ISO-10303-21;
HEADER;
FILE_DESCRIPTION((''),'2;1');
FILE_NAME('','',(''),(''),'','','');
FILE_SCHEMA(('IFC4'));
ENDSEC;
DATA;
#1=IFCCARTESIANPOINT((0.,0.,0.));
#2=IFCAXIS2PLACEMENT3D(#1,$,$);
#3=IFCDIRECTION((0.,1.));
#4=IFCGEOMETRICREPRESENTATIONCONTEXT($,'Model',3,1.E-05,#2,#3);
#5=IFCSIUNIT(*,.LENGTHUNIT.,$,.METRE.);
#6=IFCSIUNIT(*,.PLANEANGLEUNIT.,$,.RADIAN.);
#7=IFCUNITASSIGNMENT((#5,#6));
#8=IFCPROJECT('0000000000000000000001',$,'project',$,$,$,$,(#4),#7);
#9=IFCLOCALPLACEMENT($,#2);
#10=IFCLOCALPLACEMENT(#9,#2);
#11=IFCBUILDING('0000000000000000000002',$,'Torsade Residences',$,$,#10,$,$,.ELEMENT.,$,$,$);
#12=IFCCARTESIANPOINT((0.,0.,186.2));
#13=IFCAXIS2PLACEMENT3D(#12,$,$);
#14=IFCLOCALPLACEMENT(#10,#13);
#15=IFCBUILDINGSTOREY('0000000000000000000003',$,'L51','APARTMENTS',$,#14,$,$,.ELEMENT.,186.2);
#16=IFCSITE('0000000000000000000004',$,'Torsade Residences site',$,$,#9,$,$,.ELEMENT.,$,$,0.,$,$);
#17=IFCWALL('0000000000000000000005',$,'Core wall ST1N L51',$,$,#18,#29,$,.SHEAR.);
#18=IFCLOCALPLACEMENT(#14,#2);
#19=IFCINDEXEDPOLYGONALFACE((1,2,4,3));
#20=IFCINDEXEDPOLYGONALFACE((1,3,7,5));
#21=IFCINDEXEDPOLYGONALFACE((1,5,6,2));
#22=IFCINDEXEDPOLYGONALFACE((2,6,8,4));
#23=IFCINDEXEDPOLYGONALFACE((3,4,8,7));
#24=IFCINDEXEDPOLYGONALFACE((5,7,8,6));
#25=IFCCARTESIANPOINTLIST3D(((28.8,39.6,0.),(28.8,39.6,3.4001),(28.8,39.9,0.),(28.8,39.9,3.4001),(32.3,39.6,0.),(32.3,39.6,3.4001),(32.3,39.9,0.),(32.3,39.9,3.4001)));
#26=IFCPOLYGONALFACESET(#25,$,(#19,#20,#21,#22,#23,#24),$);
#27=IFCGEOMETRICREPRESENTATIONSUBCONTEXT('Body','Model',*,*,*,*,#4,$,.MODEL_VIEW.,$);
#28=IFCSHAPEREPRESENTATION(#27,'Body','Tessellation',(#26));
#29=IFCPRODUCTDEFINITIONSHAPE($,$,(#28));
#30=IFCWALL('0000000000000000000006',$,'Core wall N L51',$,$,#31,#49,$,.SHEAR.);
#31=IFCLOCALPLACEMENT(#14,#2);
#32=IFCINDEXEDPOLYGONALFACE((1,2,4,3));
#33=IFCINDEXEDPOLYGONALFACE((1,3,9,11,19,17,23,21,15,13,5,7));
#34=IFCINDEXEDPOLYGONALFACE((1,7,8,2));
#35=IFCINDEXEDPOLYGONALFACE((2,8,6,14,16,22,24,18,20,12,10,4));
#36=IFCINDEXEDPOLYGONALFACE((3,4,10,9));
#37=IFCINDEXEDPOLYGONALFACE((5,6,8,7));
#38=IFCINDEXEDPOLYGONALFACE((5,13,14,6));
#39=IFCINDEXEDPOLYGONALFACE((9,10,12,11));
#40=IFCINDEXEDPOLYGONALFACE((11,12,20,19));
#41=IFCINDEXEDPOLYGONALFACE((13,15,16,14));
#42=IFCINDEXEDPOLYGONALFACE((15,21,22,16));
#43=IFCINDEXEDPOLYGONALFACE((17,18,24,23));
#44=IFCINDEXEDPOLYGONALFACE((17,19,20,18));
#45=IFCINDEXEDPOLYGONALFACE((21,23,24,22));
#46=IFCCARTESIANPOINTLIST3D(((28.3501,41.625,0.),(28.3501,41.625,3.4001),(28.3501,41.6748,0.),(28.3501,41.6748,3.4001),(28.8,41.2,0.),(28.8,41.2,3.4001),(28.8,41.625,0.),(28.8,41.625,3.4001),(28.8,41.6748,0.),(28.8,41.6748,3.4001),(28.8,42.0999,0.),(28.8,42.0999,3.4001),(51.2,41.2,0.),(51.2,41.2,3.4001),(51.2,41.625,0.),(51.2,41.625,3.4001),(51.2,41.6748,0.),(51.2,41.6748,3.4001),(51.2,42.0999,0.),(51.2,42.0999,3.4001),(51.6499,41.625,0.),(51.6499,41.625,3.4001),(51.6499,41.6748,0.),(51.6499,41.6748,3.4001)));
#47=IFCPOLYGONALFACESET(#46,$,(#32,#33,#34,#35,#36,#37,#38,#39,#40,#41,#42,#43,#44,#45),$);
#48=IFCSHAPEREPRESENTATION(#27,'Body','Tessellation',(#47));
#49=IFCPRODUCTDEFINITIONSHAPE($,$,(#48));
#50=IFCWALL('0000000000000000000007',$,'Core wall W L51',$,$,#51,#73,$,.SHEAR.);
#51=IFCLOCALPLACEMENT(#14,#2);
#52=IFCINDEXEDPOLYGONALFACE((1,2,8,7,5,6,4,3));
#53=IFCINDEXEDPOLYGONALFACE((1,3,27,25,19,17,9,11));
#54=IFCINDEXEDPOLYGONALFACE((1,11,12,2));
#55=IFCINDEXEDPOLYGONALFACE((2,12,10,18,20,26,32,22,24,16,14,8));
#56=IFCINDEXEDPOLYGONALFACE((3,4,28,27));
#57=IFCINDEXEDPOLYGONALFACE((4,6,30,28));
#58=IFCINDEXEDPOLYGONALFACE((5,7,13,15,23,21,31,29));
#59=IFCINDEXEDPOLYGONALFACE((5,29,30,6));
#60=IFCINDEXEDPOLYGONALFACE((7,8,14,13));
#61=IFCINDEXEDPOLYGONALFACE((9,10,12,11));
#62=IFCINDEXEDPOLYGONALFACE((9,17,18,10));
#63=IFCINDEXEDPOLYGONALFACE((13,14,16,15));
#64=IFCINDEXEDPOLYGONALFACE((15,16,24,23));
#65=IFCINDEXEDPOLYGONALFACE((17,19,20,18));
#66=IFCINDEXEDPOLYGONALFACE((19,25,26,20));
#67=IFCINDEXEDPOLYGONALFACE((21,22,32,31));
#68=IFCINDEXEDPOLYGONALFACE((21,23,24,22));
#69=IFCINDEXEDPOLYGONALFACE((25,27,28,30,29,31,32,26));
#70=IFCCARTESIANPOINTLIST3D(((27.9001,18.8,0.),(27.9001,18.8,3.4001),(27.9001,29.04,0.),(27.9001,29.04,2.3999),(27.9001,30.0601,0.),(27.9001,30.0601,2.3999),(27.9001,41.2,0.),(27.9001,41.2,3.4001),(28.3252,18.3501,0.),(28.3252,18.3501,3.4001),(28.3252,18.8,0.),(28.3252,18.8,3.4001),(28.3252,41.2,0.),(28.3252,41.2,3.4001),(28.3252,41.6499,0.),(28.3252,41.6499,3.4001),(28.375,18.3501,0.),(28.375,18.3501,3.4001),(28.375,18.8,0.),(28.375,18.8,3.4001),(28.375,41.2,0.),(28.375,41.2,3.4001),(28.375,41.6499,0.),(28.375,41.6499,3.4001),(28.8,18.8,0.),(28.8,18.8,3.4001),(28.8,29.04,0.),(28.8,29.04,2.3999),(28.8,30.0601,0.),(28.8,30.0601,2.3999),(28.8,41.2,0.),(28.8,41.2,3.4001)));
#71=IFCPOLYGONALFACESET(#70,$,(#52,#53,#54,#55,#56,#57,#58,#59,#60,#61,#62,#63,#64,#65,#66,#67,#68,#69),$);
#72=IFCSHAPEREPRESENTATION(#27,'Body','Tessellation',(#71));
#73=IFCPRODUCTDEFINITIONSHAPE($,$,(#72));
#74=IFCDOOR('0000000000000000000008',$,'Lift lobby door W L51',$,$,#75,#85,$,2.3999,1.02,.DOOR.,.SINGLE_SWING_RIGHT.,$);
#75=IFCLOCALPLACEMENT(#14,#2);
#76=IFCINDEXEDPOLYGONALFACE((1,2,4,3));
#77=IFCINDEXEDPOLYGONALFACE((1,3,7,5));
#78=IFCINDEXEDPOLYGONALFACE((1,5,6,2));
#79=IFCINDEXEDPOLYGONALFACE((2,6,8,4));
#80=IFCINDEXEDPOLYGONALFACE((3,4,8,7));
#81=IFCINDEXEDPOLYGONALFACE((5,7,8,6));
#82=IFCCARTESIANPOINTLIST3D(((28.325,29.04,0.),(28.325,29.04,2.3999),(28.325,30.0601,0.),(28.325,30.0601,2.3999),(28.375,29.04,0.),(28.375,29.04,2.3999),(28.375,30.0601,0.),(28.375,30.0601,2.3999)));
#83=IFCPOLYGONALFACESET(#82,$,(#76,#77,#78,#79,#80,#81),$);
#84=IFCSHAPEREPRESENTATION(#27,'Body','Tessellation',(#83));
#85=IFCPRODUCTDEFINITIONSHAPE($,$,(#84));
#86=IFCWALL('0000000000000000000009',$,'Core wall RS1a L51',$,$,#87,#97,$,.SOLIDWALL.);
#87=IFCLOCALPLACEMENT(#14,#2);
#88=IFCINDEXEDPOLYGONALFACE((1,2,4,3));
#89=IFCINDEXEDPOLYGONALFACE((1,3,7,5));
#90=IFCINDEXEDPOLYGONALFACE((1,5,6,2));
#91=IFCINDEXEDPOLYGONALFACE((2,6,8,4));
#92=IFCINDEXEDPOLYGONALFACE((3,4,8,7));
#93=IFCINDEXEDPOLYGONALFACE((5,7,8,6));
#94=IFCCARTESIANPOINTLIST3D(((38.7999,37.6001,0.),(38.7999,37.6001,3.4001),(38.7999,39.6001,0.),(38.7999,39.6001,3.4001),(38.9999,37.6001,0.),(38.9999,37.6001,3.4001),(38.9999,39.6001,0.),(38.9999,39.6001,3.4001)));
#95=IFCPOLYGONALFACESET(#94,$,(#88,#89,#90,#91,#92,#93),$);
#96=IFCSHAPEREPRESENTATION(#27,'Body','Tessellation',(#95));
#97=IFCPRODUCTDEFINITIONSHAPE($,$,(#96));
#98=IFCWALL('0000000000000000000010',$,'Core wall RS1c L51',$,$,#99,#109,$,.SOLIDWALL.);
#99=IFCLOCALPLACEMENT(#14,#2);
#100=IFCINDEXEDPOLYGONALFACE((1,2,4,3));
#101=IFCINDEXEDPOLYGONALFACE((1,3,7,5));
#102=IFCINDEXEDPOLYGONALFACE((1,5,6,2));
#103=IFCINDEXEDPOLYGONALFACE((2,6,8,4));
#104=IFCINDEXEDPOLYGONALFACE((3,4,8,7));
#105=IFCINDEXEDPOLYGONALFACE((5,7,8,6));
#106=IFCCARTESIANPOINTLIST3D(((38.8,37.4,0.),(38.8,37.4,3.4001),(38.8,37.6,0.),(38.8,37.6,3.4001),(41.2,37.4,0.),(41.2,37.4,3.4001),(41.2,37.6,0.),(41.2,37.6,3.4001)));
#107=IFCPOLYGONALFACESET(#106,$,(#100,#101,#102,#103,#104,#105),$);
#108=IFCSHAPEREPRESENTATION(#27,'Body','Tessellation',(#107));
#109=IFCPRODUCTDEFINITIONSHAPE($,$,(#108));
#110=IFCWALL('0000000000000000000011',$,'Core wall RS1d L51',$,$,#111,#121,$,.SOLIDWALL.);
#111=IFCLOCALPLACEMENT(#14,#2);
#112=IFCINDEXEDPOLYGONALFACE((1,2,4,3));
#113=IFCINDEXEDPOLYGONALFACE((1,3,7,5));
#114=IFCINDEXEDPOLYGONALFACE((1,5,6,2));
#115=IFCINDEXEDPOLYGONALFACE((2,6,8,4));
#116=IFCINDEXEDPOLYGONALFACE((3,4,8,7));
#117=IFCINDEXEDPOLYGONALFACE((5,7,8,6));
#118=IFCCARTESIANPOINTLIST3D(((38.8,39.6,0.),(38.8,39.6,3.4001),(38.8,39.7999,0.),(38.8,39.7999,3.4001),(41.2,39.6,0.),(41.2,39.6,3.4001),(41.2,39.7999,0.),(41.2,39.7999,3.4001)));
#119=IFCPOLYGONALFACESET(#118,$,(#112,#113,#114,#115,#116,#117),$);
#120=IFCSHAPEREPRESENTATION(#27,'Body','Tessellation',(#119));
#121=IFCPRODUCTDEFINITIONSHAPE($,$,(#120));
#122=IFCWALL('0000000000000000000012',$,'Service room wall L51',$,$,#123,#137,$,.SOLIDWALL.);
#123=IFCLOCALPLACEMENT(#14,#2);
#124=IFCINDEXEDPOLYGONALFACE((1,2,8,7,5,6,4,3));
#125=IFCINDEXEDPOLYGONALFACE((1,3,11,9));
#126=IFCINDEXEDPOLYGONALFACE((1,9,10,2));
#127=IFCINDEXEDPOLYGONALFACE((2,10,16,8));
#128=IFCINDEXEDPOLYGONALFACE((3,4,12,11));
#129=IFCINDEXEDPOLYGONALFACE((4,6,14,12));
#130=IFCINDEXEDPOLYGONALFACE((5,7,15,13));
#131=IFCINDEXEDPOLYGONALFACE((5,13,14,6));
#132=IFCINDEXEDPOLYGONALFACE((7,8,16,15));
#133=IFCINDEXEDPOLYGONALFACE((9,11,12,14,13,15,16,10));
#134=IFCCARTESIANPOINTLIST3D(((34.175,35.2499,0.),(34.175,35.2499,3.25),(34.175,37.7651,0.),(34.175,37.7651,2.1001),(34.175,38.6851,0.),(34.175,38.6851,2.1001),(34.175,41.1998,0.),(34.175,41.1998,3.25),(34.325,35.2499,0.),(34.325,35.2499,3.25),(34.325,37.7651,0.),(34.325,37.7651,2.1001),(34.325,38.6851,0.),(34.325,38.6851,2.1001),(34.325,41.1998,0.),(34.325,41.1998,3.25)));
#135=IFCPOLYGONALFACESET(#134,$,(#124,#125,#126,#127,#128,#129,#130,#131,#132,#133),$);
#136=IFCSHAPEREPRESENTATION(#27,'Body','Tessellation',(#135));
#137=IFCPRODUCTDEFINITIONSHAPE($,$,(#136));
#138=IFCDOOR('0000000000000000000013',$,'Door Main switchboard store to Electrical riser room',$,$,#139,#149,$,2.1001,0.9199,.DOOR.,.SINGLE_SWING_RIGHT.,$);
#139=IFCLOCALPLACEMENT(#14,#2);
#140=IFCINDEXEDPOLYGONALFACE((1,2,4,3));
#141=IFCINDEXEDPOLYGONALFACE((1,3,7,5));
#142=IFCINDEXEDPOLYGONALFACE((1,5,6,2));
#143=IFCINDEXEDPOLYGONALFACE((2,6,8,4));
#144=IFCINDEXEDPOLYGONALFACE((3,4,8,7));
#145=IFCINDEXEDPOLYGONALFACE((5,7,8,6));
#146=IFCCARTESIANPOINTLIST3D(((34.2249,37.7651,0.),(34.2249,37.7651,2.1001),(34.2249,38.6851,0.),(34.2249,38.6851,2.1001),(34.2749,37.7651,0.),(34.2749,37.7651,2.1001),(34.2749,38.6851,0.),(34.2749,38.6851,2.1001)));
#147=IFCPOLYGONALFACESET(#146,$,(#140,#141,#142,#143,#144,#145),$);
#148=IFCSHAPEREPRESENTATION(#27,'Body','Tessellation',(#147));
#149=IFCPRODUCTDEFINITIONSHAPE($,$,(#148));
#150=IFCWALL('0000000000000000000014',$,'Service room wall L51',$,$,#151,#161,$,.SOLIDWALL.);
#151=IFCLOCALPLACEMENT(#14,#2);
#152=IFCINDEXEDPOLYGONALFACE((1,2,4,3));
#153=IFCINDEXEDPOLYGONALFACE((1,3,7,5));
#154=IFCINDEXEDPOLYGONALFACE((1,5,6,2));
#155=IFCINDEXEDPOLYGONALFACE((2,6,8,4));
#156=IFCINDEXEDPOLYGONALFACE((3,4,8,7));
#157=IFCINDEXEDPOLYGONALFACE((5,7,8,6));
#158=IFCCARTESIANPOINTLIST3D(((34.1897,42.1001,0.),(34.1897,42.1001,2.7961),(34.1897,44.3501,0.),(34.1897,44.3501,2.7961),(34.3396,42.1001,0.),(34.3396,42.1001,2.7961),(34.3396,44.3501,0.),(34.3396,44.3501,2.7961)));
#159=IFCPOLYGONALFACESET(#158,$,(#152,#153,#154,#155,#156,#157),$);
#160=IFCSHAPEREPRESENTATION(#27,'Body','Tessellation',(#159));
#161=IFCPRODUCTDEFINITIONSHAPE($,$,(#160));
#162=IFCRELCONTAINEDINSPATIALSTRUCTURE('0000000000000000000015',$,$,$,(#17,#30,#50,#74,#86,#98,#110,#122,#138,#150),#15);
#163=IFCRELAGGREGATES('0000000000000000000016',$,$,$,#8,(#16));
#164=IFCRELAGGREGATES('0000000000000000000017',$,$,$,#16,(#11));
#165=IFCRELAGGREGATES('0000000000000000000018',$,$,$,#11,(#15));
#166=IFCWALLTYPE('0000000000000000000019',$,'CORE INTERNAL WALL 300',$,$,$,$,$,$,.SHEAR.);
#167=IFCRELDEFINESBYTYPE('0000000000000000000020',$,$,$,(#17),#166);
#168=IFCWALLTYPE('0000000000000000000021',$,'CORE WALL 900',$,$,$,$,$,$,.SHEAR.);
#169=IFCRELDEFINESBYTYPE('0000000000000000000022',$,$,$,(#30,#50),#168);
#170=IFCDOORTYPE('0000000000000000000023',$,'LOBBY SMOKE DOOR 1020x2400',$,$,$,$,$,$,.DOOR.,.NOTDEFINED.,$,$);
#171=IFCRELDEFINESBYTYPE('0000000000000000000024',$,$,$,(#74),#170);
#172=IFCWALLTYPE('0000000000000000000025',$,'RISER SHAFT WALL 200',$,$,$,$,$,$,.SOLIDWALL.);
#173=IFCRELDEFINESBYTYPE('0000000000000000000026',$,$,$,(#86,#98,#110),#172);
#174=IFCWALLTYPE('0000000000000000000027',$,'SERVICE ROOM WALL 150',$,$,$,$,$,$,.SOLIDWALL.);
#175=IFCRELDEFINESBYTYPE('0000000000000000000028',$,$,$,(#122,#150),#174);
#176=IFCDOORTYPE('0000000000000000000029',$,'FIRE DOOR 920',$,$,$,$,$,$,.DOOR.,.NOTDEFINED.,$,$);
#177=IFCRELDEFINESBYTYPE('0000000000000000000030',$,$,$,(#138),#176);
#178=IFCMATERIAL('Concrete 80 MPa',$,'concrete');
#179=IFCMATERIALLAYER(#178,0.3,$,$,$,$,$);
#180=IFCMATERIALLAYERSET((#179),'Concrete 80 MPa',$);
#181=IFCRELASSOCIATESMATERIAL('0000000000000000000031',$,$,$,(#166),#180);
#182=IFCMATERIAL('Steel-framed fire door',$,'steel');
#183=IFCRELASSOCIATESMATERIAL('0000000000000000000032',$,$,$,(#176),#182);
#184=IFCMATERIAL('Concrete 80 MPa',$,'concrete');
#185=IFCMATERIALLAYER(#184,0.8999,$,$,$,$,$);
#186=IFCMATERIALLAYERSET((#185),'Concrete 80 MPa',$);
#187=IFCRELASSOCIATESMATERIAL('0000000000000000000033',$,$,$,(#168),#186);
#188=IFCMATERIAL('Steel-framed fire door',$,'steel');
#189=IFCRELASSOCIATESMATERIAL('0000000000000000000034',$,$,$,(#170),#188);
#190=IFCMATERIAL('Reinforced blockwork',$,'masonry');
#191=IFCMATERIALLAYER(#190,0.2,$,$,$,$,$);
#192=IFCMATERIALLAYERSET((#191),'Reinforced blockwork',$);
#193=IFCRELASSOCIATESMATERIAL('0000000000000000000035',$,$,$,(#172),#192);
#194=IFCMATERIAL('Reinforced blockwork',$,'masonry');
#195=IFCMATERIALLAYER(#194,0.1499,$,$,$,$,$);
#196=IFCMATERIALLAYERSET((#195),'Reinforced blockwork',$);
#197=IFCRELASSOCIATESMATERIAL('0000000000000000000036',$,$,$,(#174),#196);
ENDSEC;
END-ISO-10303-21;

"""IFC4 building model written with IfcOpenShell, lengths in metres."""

from ifc_helpers import new_model, si_unit, direction, frame, frame_2d, origin, place, context, subcontext, project, spatial, polyline, rectangle, outline, extrude, material, layer, layer_set, type_object, element, fill, save


model = new_model("IFC4")

# Units and contexts
model_context = context("Model", 3, precision=1e-05, world=origin(), true_north=direction((0.0, 1.0)))
body_context = subcontext(model_context, "Body", "Model", "MODEL_VIEW")
ifc_project = project(units=[si_unit("LENGTHUNIT", "METRE"), si_unit("PLANEANGLEUNIT", "RADIAN")], contexts=[model_context])

# Site, building, storey
site_placement = place(None, origin())
site = spatial("IfcSite", under=ifc_project, at=site_placement, Name="Torsade Residences site", CompositionType="ELEMENT", RefElevation=0.0)
building_placement = place(site_placement, origin())
building = spatial("IfcBuilding", under=site, at=building_placement, Name="Torsade Residences", CompositionType="ELEMENT")
storey_placement = place(building_placement, frame((0.0, 0.0, 186.2)))
storey = spatial("IfcBuildingStorey", under=building, at=storey_placement, Name="L51", Description="APARTMENTS", CompositionType="ELEMENT", Elevation=186.2)

# Shared definitions
ifc_material_1 = material(Name="Concrete 80 MPa", Category="concrete")
ifc_layer_1 = layer(ifc_material_1, 0.3)
ifc_layer_set_1 = layer_set([ifc_layer_1], Name="Concrete 80 MPa")
wall_type_1 = type_object("IfcWallType", Name="CORE INTERNAL WALL 300", PredefinedType="SHEAR", material=ifc_layer_set_1)
ifc_material_2 = material(Name="Steel-framed fire door", Category="steel")
door_type_1 = type_object("IfcDoorType", Name="FIRE DOOR 920", OperationType="NOTDEFINED", PredefinedType="DOOR", material=ifc_material_2)

# Walls
wall_1_placement = place(storey_placement, frame((28.8, 39.75, 0.0), z_axis=(0.0, 0.0, 1.0), x_axis=(1.0, 0.0, 0.0)))
element("IfcWall", 1, at=wall_1_placement, inside=storey, type_object=wall_type_1, Name="Core wall ST1N L51", PredefinedType="SHEAR", context=body_context, shape_type="SweptSolid", body=[
    extrude(rectangle(XDim=3.5, YDim=0.3, at=frame_2d((1.75, 0.0))), origin(), (0.0, 0.0, 1.0), 3.4001),
])
ifc_material_3 = material(Name="Concrete 80 MPa", Category="concrete")
ifc_layer_2 = layer(ifc_material_3, 0.8999)
ifc_layer_set_2 = layer_set([ifc_layer_2], Name="Concrete 80 MPa")
wall_type_2 = type_object("IfcWallType", Name="CORE WALL 900", PredefinedType="SHEAR", material=ifc_layer_set_2)
wall_2_placement = place(storey_placement, frame((28.8, 41.6499, 0.0), z_axis=(0.0, 0.0, 1.0), x_axis=(1.0, 0.0, 0.0)))
element("IfcWall", 2, at=wall_2_placement, inside=storey, type_object=wall_type_2, Name="Core wall N L51", PredefinedType="SHEAR", context=body_context, shape_type="SweptSolid", body=[
    extrude(outline(polyline([(0.0, -0.45), (22.3999, -0.45), (22.3999, -0.0249), (22.8499, -0.0249), (22.8499, 0.0249), (22.3999, 0.0249), (22.3999, 0.45), (0.0, 0.45), (0.0, 0.0249), (-0.45, 0.0249), (-0.45, -0.0249), (0.0, -0.0249), (0.0, -0.45)])), origin(), (0.0, 0.0, 1.0), 3.4001),
])

# Wall, opening, door
wall_3_placement = place(storey_placement, frame((28.3501, 41.2, 0.0), z_axis=(0.0, 0.0, 1.0), x_axis=(0.0, -1.0, 0.0)))
wall_3 = element("IfcWall", 3, at=wall_3_placement, inside=storey, type_object=wall_type_2, Name="Core wall W L51", PredefinedType="SHEAR", context=body_context, shape_type="SweptSolid", body=[
    extrude(outline(polyline([(0.0, -0.45), (22.3999, -0.45), (22.3999, -0.0249), (22.8499, -0.0249), (22.8499, 0.0249), (22.3999, 0.0249), (22.3999, 0.45), (0.0, 0.45), (0.0, 0.0249), (-0.45, 0.0249), (-0.45, -0.0249), (0.0, -0.0249), (0.0, -0.45)])), origin(), (0.0, 0.0, 1.0), 3.4001),
])
opening_1_placement = place(wall_3_placement, frame((11.1399, 0.0, 0.0)))
opening_1 = element("IfcOpeningElement", 4, at=opening_1_placement, cuts=wall_3, PredefinedType="OPENING", context=body_context, shape_type="SweptSolid", body=[
    extrude(rectangle(XDim=1.02, YDim=2.3999, at=frame_2d((0.51, 1.2))), frame((0.0, 0.46, 0.0), z_axis=(0.0, -1.0, 0.0), x_axis=(1.0, 0.0, 0.0)), (0.0, 0.0, 1.0), 0.9199),
])
ifc_material_4 = material(Name="Steel-framed fire door", Category="steel")
door_type_2 = type_object("IfcDoorType", Name="LOBBY SMOKE DOOR 1020x2400", OperationType="NOTDEFINED", PredefinedType="DOOR", material=ifc_material_4)
door_1_placement = place(opening_1_placement, origin())
door_1 = element("IfcDoor", 5, at=door_1_placement, inside=storey, type_object=door_type_2, Name="Lift lobby door W L51", OperationType="SINGLE_SWING_RIGHT", OverallHeight=2.3999, OverallWidth=1.02, PredefinedType="DOOR", context=body_context, shape_type="SweptSolid", body=[
    extrude(rectangle(XDim=1.02, YDim=2.3999, at=frame_2d((0.51, 1.2))), frame((0.0, 0.0249, 0.0), z_axis=(0.0, -1.0, 0.0), x_axis=(1.0, 0.0, 0.0)), (0.0, 0.0, 1.0), 0.05),
])
fill(opening_1, door_1)

# Walls
ifc_material_5 = material(Name="Reinforced blockwork", Category="masonry")
ifc_layer_3 = layer(ifc_material_5, 0.2)
ifc_layer_set_3 = layer_set([ifc_layer_3], Name="Reinforced blockwork")
wall_type_3 = type_object("IfcWallType", Name="RISER SHAFT WALL 200", PredefinedType="SOLIDWALL", material=ifc_layer_set_3)
wall_4_placement = place(storey_placement, frame((38.8999, 37.6001, 0.0), z_axis=(0.0, 0.0, 1.0), x_axis=(0.0, 1.0, 0.0)))
element("IfcWall", 6, at=wall_4_placement, inside=storey, type_object=wall_type_3, Name="Core wall RS1a L51", PredefinedType="SOLIDWALL", context=body_context, shape_type="SweptSolid", body=[
    extrude(rectangle(XDim=2.0, YDim=0.2, at=frame_2d((1.0, 0.0))), origin(), (0.0, 0.0, 1.0), 3.4001),
])
for number, where, z_axis, x_axis, name in (
    (7, (38.8, 37.5, 0.0), (0.0, 0.0, 1.0), (1.0, 0.0, 0.0), "Core wall RS1c L51"),
    (8, (38.8, 39.7, 0.0), (0.0, 0.0, 1.0), (1.0, 0.0, 0.0), "Core wall RS1d L51"),
):
    element("IfcWall", number, at=place(storey_placement, frame(where, z_axis=z_axis, x_axis=x_axis)), inside=storey, type_object=wall_type_3, Name=name, PredefinedType="SOLIDWALL", context=body_context, shape_type="SweptSolid", body=[
        extrude(rectangle(XDim=2.3999, YDim=0.2, at=frame_2d((1.2, 0.0))), origin(), (0.0, 0.0, 1.0), 3.4001),
    ])

# Wall, opening, door
ifc_material_6 = material(Name="Reinforced blockwork", Category="masonry")
ifc_layer_4 = layer(ifc_material_6, 0.1499)
ifc_layer_set_4 = layer_set([ifc_layer_4], Name="Reinforced blockwork")
wall_type_4 = type_object("IfcWallType", Name="SERVICE ROOM WALL 150", PredefinedType="SOLIDWALL", material=ifc_layer_set_4)
wall_5_placement = place(storey_placement, frame((34.25, 41.2, 0.0), z_axis=(0.0, 0.0, 1.0), x_axis=(0.0, -1.0, 0.0)))
wall_5 = element("IfcWall", 9, at=wall_5_placement, inside=storey, type_object=wall_type_4, Name="Service room wall L51", PredefinedType="SOLIDWALL", context=body_context, shape_type="SweptSolid", body=[
    extrude(rectangle(XDim=5.95, YDim=0.1499, at=frame_2d((2.9751, 0.0))), origin(), (0.0, 0.0, 1.0), 3.25),
])
opening_2_placement = place(wall_5_placement, frame((2.5149, 0.0, 0.0)))
opening_2 = element("IfcOpeningElement", 10, at=opening_2_placement, cuts=wall_5, PredefinedType="OPENING", context=body_context, shape_type="SweptSolid", body=[
    extrude(rectangle(XDim=0.9199, YDim=2.1001, at=frame_2d((0.46, 1.05))), frame((0.0, 0.085, 0.0), z_axis=(0.0, -1.0, 0.0), x_axis=(1.0, 0.0, 0.0)), (0.0, 0.0, 1.0), 0.1699),
])
door_2_placement = place(opening_2_placement, origin())
door_2 = element("IfcDoor", 11, at=door_2_placement, inside=storey, type_object=door_type_1, Name="Door Main switchboard store to Electrical riser room", OperationType="SINGLE_SWING_RIGHT", OverallHeight=2.1001, OverallWidth=0.9199, PredefinedType="DOOR", context=body_context, shape_type="SweptSolid", body=[
    extrude(rectangle(XDim=0.9199, YDim=2.1001, at=frame_2d((0.46, 1.05))), frame((0.0, 0.0249, 0.0), z_axis=(0.0, -1.0, 0.0), x_axis=(1.0, 0.0, 0.0)), (0.0, 0.0, 1.0), 0.05),
])
fill(opening_2, door_2)

# Wall
wall_6_placement = place(storey_placement, frame((34.2646, 42.1001, 0.0), z_axis=(0.0, 0.0, 1.0), x_axis=(0.0, 1.0, 0.0)))
element("IfcWall", 12, at=wall_6_placement, inside=storey, type_object=wall_type_4, Name="Service room wall L51", PredefinedType="SOLIDWALL", context=body_context, shape_type="SweptSolid", body=[
    extrude(rectangle(XDim=2.25, YDim=0.1499, at=frame_2d((1.125, 0.0))), origin(), (0.0, 0.0, 1.0), 2.7961),
])

save(model, "model.ifc")
